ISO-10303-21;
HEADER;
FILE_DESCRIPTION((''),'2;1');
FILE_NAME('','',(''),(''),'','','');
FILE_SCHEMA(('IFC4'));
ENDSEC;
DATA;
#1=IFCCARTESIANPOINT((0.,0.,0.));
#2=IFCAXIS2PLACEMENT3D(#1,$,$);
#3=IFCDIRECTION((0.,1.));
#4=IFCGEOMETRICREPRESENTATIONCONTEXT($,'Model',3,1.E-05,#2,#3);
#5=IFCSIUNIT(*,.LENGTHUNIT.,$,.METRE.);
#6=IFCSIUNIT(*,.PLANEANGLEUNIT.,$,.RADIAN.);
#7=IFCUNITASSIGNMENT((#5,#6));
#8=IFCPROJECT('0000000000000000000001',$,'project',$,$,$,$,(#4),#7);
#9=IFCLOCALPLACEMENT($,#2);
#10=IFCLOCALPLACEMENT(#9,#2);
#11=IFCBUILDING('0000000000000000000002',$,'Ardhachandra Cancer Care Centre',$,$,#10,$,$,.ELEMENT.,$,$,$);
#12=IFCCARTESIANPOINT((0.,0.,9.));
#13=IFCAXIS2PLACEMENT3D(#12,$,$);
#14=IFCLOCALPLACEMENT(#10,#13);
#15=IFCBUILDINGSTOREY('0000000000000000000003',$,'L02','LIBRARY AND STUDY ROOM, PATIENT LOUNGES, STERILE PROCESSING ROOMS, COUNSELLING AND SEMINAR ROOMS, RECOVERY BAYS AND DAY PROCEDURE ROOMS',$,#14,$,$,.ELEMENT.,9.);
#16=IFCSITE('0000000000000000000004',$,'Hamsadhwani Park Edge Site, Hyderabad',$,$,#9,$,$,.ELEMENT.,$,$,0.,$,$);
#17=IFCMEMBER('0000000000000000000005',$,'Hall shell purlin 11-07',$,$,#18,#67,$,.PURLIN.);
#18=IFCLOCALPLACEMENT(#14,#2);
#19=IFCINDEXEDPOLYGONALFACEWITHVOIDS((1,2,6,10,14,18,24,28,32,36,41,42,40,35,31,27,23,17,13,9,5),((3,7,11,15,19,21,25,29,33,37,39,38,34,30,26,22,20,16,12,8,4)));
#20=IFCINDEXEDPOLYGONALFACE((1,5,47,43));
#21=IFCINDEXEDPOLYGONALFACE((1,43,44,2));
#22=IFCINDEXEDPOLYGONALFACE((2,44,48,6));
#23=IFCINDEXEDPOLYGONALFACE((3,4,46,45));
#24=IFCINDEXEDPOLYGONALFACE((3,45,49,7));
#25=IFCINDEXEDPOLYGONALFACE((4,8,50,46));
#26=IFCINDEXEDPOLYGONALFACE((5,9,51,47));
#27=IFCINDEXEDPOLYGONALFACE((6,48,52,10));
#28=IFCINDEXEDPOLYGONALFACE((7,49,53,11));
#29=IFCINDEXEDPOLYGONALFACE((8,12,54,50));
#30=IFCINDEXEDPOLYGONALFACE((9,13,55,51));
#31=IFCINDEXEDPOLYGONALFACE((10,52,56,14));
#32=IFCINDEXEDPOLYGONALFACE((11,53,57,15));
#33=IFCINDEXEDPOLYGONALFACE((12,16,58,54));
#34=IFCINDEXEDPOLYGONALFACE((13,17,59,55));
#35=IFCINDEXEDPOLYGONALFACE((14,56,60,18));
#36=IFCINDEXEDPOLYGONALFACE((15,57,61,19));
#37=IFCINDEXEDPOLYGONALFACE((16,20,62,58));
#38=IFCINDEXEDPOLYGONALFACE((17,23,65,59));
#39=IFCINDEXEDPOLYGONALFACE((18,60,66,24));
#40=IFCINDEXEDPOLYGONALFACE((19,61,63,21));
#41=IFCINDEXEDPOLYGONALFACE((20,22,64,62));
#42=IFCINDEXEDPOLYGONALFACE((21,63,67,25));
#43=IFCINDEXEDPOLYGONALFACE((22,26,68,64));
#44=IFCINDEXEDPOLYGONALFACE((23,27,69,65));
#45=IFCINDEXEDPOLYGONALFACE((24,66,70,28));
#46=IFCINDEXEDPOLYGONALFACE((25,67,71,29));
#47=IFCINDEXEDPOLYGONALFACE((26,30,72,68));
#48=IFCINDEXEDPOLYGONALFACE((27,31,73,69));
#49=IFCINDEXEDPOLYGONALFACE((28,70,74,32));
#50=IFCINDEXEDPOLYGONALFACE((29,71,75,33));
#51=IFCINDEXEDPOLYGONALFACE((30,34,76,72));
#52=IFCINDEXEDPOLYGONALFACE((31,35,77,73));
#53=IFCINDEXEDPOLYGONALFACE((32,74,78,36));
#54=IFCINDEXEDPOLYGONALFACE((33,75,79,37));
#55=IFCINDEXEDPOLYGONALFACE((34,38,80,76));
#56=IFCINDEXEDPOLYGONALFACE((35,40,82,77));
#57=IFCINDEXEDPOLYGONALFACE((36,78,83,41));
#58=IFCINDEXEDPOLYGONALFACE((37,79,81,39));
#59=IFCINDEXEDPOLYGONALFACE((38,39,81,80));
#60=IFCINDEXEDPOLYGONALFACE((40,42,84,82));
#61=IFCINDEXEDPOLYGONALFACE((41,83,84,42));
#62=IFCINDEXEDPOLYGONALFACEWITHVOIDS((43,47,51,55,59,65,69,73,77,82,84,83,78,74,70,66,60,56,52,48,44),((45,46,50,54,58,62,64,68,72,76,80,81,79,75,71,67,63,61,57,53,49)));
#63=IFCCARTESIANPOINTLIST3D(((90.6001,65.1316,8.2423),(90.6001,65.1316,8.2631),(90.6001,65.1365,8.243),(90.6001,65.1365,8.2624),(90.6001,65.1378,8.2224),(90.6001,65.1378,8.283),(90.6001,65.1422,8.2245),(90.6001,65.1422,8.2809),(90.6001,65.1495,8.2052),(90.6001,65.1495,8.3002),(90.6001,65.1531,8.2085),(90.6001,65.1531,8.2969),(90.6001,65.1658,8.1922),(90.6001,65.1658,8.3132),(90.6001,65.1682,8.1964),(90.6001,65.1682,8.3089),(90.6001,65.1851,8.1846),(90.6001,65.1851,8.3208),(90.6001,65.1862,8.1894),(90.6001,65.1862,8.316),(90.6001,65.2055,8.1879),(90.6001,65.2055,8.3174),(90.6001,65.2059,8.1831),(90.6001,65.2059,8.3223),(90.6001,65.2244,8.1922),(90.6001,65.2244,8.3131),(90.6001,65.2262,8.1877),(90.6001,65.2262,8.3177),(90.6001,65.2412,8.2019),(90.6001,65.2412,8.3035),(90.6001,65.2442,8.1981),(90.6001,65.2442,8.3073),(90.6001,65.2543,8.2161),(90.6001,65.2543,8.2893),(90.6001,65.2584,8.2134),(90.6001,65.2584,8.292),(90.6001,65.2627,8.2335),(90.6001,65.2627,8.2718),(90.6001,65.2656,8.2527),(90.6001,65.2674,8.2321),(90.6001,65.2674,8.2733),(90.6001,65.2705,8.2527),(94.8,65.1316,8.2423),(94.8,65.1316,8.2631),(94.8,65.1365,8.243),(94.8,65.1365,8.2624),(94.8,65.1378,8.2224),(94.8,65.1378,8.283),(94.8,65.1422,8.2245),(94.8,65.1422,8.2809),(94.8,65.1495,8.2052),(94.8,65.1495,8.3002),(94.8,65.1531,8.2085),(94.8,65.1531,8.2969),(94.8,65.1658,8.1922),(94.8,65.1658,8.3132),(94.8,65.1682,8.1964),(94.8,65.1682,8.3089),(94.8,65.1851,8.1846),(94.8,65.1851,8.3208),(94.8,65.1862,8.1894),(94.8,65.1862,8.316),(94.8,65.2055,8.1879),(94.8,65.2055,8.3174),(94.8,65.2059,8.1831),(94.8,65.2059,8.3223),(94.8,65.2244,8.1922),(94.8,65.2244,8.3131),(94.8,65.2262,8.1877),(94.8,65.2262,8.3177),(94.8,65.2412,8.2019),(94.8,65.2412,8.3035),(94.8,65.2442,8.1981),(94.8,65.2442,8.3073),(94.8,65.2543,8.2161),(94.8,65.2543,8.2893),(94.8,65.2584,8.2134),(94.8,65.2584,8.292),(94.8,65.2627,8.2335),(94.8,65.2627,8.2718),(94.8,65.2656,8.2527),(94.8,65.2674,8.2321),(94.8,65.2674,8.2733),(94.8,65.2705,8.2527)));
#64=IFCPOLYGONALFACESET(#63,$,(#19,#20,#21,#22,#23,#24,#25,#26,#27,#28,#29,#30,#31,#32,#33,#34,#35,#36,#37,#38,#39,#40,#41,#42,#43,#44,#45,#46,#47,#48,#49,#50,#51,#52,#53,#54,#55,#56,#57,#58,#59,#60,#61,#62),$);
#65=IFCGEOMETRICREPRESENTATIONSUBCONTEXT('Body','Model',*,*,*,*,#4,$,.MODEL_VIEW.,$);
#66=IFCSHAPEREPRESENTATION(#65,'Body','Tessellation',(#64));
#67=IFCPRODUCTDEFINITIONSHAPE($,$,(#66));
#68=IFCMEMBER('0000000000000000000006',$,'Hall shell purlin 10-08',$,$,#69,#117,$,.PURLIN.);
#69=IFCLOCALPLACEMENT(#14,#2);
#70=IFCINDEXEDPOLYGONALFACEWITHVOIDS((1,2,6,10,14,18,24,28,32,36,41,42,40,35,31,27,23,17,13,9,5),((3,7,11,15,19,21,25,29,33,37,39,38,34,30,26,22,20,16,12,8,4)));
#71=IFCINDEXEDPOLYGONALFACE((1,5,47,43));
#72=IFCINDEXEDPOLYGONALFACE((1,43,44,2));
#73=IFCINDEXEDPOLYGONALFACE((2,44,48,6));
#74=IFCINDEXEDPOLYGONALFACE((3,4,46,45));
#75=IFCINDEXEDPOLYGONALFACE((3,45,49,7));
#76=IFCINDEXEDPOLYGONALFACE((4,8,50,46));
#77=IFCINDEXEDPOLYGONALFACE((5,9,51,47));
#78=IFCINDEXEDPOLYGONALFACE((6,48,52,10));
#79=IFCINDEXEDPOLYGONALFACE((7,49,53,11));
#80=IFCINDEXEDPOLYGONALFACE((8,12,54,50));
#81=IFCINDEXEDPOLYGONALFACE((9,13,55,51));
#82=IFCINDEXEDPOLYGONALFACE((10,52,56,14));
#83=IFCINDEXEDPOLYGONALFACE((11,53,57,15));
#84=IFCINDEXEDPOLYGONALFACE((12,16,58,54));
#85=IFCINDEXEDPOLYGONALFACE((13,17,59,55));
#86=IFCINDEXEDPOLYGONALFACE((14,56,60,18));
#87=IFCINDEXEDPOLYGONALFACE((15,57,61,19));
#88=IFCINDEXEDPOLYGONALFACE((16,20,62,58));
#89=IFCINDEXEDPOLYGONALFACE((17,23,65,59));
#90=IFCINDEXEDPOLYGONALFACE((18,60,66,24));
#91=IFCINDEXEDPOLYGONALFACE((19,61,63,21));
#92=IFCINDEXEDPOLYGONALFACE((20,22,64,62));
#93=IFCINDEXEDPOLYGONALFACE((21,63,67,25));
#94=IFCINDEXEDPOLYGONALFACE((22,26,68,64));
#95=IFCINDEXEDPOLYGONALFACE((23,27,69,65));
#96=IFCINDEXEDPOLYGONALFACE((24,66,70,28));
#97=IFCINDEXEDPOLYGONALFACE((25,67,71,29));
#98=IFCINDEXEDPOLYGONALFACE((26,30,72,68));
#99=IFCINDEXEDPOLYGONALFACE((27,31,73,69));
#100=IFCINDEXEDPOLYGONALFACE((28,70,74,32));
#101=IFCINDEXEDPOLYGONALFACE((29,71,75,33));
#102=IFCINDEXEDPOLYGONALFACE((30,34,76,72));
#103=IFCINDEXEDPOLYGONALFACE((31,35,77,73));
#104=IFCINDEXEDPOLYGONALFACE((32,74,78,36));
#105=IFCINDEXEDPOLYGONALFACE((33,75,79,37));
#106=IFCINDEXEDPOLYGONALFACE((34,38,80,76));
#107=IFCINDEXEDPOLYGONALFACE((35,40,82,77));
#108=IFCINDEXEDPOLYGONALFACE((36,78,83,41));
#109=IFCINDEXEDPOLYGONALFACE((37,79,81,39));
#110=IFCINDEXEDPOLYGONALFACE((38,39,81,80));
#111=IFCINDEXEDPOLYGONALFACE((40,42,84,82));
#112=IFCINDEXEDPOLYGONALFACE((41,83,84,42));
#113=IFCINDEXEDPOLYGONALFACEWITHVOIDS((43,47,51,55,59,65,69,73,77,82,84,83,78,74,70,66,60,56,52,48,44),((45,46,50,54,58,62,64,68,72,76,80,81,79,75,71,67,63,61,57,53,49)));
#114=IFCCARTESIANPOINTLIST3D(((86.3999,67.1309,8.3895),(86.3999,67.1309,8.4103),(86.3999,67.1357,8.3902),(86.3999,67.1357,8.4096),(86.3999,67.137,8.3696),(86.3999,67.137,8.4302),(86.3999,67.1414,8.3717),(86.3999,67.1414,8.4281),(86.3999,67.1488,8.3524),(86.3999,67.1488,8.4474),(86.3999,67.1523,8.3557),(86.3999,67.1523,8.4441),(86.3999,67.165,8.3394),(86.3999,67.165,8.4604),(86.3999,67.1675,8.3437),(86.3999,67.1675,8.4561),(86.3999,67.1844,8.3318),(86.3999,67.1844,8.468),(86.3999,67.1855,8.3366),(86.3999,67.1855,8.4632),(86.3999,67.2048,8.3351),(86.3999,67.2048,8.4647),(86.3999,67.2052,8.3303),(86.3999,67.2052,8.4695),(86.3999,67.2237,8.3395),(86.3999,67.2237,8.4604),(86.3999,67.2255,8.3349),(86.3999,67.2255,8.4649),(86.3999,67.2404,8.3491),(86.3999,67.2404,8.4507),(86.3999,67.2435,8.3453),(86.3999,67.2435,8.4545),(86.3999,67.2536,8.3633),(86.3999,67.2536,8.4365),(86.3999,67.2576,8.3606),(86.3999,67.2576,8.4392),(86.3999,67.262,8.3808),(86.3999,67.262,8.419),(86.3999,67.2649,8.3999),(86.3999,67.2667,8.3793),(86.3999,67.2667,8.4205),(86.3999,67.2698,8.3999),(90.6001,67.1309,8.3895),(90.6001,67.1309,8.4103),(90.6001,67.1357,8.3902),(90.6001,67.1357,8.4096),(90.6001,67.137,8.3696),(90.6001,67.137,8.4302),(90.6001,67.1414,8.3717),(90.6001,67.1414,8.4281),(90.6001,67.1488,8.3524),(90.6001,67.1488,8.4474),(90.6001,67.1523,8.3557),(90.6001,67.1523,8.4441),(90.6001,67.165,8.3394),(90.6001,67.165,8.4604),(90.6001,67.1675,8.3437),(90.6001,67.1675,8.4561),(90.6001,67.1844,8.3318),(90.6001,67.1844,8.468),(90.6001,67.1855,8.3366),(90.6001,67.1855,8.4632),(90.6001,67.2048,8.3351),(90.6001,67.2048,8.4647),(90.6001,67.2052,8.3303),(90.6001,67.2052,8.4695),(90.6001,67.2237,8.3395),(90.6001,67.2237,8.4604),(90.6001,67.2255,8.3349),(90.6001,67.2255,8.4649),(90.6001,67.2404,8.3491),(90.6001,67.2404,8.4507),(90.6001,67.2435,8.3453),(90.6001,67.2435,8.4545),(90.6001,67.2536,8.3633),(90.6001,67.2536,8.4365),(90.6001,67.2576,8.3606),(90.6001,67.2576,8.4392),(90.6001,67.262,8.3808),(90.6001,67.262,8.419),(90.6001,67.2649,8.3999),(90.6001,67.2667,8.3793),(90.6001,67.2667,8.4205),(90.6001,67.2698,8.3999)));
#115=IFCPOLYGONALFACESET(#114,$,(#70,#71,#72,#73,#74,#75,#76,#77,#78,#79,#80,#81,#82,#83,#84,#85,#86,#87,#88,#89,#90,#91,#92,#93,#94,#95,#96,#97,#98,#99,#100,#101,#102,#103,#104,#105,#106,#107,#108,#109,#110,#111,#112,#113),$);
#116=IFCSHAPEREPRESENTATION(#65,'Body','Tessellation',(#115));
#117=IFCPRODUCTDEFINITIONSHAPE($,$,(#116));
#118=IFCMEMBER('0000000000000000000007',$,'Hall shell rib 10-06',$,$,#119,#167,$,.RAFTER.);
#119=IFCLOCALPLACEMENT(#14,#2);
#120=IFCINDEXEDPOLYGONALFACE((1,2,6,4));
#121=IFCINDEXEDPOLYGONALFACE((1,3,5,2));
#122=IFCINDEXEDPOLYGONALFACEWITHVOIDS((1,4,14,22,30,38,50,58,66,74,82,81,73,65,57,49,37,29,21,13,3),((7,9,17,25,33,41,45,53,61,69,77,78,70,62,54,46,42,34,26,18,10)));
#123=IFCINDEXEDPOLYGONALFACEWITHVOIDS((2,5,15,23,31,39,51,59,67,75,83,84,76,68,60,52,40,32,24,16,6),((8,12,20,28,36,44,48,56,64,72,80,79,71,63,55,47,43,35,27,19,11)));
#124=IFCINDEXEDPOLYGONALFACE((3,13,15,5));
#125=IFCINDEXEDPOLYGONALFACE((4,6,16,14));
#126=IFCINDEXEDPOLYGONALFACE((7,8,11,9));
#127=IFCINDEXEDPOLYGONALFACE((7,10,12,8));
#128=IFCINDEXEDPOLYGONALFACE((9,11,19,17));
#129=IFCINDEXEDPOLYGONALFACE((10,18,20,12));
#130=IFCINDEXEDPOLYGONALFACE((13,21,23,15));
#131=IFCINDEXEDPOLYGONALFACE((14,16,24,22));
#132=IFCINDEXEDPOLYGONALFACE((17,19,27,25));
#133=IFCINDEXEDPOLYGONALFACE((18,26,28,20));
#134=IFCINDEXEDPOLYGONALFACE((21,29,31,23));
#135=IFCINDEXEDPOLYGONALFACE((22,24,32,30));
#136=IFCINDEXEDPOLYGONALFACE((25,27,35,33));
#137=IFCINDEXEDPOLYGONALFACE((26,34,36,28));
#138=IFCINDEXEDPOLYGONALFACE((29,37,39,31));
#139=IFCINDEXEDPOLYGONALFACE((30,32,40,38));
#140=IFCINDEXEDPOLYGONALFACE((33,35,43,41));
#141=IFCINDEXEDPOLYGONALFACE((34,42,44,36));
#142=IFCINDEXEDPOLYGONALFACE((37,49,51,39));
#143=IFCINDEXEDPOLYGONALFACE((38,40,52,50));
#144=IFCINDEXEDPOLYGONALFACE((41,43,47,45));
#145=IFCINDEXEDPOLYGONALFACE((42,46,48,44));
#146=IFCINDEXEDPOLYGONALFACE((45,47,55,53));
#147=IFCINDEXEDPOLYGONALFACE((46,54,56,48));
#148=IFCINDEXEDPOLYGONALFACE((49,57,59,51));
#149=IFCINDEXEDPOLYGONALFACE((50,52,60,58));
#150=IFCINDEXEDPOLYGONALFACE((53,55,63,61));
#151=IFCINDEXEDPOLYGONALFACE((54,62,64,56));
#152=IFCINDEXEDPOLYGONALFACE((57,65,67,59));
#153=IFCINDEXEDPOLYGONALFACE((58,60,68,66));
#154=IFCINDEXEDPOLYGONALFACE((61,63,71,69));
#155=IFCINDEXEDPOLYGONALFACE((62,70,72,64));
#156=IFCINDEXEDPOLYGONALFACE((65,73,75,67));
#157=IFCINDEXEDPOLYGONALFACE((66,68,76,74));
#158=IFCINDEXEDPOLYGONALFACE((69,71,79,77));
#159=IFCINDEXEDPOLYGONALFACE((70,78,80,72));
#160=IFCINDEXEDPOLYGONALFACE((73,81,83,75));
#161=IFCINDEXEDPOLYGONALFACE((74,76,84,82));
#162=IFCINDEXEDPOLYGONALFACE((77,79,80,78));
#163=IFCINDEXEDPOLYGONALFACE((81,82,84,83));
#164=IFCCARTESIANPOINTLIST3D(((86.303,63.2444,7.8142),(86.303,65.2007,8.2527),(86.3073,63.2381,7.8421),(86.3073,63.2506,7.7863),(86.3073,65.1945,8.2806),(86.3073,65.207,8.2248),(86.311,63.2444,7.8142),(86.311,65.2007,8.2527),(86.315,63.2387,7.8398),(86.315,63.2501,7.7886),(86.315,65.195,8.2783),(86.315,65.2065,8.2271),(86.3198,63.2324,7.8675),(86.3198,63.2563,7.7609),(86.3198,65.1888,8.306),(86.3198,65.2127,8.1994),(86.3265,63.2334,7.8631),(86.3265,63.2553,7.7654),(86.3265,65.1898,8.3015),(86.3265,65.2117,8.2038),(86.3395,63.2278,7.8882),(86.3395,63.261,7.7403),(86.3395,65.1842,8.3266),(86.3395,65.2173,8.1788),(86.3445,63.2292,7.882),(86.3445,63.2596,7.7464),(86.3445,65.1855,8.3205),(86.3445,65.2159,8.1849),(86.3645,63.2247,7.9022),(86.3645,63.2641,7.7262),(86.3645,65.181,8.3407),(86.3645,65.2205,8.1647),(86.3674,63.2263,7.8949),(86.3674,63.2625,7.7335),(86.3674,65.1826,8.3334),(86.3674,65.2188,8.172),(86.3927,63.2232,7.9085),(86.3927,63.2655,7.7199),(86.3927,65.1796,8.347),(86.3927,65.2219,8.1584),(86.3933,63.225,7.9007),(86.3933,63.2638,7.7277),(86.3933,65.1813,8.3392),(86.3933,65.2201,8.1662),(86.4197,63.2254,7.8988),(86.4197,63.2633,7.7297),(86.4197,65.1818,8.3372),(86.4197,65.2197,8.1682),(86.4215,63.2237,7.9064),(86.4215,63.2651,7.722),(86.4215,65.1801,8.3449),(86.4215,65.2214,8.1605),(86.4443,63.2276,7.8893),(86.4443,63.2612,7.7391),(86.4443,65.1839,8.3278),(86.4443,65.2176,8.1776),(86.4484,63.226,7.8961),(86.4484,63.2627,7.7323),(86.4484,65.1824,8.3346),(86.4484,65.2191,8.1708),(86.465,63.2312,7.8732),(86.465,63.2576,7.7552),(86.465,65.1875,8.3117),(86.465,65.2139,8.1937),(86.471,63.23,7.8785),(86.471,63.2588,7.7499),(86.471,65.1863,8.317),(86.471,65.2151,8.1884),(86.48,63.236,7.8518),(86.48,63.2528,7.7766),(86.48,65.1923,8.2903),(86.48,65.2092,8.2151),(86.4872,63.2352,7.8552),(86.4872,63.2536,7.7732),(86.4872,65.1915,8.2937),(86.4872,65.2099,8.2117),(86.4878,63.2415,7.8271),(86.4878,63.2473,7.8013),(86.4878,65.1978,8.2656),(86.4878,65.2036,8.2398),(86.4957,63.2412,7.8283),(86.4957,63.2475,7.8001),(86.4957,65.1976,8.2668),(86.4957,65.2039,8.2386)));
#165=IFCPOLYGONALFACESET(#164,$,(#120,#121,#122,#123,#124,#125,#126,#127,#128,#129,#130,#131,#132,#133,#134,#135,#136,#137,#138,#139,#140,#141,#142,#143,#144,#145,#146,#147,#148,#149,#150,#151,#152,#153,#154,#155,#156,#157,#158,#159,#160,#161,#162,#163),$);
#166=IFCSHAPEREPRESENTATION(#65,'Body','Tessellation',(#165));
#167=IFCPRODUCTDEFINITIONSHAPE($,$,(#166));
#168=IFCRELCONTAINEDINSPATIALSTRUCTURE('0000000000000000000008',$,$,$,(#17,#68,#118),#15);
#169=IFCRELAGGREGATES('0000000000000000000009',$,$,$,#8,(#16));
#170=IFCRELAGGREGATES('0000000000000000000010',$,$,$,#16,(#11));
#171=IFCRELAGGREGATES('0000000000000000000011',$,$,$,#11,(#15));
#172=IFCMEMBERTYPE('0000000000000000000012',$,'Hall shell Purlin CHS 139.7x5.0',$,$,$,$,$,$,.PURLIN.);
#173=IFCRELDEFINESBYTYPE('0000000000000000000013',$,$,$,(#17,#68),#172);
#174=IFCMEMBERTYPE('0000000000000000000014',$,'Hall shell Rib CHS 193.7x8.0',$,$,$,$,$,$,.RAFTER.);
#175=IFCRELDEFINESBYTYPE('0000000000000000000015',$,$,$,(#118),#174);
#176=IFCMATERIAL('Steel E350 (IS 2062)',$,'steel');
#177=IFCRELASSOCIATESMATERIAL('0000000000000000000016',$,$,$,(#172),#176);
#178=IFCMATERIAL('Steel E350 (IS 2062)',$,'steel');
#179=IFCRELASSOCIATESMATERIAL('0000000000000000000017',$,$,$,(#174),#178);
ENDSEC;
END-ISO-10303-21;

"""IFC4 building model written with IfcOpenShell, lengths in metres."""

from ifc_helpers import new_model, si_unit, direction, frame, origin, origin_2d, place, context, subcontext, project, spatial, hollow_circle, extrude, material, material_profile, profile_set, type_object, element, save


model = new_model("IFC4")

# Units and contexts
model_context = context("Model", 3, precision=1e-05, world=origin(), true_north=direction((0.0, 1.0)))
body_context = subcontext(model_context, "Body", "Model", "MODEL_VIEW")
ifc_project = project(units=[si_unit("LENGTHUNIT", "METRE"), si_unit("PLANEANGLEUNIT", "RADIAN")], contexts=[model_context])

# Site, building, storey
site_placement = place(None, origin())
site = spatial("IfcSite", under=ifc_project, at=site_placement, Name="Hamsadhwani Park Edge Site, Hyderabad", CompositionType="ELEMENT", RefElevation=0.0)
building_placement = place(site_placement, origin())
building = spatial("IfcBuilding", under=site, at=building_placement, Name="Ardhachandra Cancer Care Centre", CompositionType="ELEMENT")
storey_placement = place(building_placement, frame((0.0, 0.0, 9.0)))
storey = spatial("IfcBuildingStorey", under=building, at=storey_placement, Name="L02", Description="LIBRARY AND STUDY ROOM, PATIENT LOUNGES, STERILE PROCESSING ROOMS, COUNSELLING AND SEMINAR ROOMS, RECOVERY BAYS AND DAY PROCEDURE ROOMS", CompositionType="ELEMENT", Elevation=9.0)

# Members
ifc_material_1 = material(Name="Steel E350 (IS 2062)", Category="steel")
ifc_material_profile_1 = material_profile(ifc_material_1, hollow_circle(Radius=0.0698, WallThickness=0.0049, at=origin_2d()), Name="CHS 139.7x5.0")
ifc_profile_set_1 = profile_set([ifc_material_profile_1], Name="Steel E350 (IS 2062)")
member_type_1 = type_object("IfcMemberType", Name="Hall shell Purlin CHS 139.7x5.0", PredefinedType="PURLIN", material=ifc_profile_set_1)
member_1_placement = place(storey_placement, frame((90.6001, 65.2007, 8.2527), z_axis=(1.0, 0.0, 0.0), x_axis=(0.0, 1.0, 0.0)))
element("IfcMember", 1, at=member_1_placement, inside=storey, type_object=member_type_1, Name="Hall shell purlin 11-07", PredefinedType="PURLIN", context=body_context, shape_type="SweptSolid", body=[
    extrude(hollow_circle(Radius=0.0698, WallThickness=0.0049, at=origin_2d()), origin(), (0.0, 0.0, 1.0), 4.2),
])
member_2_placement = place(storey_placement, frame((86.3999, 67.2, 8.3999), z_axis=(1.0, 0.0, 0.0), x_axis=(0.0, 1.0, 0.0)))
element("IfcMember", 2, at=member_2_placement, inside=storey, type_object=member_type_1, Name="Hall shell purlin 10-08", PredefinedType="PURLIN", context=body_context, shape_type="SweptSolid", body=[
    extrude(hollow_circle(Radius=0.0698, WallThickness=0.0049, at=origin_2d()), origin(), (0.0, 0.0, 1.0), 4.2002),
])
ifc_material_2 = material(Name="Steel E350 (IS 2062)", Category="steel")
ifc_material_profile_2 = material_profile(ifc_material_2, hollow_circle(Radius=0.0969, WallThickness=0.0081, at=origin_2d()), Name="CHS 193.7x8.0")
ifc_profile_set_2 = profile_set([ifc_material_profile_2], Name="Steel E350 (IS 2062)")
member_type_2 = type_object("IfcMemberType", Name="Hall shell Rib CHS 193.7x8.0", PredefinedType="RAFTER", material=ifc_profile_set_2)
member_3_placement = place(storey_placement, frame((86.3999, 63.2444, 7.8142), z_axis=(0.0, 0.97579, 0.218709), x_axis=(-1.0, 0.0, 0.0)))
element("IfcMember", 3, at=member_3_placement, inside=storey, type_object=member_type_2, Name="Hall shell rib 10-06", PredefinedType="RAFTER", context=body_context, shape_type="SweptSolid", body=[
    extrude(hollow_circle(Radius=0.0969, WallThickness=0.0081, at=origin_2d()), origin(), (0.0, 0.0, 1.0), 2.0049),
])

save(model, "model.ifc")
